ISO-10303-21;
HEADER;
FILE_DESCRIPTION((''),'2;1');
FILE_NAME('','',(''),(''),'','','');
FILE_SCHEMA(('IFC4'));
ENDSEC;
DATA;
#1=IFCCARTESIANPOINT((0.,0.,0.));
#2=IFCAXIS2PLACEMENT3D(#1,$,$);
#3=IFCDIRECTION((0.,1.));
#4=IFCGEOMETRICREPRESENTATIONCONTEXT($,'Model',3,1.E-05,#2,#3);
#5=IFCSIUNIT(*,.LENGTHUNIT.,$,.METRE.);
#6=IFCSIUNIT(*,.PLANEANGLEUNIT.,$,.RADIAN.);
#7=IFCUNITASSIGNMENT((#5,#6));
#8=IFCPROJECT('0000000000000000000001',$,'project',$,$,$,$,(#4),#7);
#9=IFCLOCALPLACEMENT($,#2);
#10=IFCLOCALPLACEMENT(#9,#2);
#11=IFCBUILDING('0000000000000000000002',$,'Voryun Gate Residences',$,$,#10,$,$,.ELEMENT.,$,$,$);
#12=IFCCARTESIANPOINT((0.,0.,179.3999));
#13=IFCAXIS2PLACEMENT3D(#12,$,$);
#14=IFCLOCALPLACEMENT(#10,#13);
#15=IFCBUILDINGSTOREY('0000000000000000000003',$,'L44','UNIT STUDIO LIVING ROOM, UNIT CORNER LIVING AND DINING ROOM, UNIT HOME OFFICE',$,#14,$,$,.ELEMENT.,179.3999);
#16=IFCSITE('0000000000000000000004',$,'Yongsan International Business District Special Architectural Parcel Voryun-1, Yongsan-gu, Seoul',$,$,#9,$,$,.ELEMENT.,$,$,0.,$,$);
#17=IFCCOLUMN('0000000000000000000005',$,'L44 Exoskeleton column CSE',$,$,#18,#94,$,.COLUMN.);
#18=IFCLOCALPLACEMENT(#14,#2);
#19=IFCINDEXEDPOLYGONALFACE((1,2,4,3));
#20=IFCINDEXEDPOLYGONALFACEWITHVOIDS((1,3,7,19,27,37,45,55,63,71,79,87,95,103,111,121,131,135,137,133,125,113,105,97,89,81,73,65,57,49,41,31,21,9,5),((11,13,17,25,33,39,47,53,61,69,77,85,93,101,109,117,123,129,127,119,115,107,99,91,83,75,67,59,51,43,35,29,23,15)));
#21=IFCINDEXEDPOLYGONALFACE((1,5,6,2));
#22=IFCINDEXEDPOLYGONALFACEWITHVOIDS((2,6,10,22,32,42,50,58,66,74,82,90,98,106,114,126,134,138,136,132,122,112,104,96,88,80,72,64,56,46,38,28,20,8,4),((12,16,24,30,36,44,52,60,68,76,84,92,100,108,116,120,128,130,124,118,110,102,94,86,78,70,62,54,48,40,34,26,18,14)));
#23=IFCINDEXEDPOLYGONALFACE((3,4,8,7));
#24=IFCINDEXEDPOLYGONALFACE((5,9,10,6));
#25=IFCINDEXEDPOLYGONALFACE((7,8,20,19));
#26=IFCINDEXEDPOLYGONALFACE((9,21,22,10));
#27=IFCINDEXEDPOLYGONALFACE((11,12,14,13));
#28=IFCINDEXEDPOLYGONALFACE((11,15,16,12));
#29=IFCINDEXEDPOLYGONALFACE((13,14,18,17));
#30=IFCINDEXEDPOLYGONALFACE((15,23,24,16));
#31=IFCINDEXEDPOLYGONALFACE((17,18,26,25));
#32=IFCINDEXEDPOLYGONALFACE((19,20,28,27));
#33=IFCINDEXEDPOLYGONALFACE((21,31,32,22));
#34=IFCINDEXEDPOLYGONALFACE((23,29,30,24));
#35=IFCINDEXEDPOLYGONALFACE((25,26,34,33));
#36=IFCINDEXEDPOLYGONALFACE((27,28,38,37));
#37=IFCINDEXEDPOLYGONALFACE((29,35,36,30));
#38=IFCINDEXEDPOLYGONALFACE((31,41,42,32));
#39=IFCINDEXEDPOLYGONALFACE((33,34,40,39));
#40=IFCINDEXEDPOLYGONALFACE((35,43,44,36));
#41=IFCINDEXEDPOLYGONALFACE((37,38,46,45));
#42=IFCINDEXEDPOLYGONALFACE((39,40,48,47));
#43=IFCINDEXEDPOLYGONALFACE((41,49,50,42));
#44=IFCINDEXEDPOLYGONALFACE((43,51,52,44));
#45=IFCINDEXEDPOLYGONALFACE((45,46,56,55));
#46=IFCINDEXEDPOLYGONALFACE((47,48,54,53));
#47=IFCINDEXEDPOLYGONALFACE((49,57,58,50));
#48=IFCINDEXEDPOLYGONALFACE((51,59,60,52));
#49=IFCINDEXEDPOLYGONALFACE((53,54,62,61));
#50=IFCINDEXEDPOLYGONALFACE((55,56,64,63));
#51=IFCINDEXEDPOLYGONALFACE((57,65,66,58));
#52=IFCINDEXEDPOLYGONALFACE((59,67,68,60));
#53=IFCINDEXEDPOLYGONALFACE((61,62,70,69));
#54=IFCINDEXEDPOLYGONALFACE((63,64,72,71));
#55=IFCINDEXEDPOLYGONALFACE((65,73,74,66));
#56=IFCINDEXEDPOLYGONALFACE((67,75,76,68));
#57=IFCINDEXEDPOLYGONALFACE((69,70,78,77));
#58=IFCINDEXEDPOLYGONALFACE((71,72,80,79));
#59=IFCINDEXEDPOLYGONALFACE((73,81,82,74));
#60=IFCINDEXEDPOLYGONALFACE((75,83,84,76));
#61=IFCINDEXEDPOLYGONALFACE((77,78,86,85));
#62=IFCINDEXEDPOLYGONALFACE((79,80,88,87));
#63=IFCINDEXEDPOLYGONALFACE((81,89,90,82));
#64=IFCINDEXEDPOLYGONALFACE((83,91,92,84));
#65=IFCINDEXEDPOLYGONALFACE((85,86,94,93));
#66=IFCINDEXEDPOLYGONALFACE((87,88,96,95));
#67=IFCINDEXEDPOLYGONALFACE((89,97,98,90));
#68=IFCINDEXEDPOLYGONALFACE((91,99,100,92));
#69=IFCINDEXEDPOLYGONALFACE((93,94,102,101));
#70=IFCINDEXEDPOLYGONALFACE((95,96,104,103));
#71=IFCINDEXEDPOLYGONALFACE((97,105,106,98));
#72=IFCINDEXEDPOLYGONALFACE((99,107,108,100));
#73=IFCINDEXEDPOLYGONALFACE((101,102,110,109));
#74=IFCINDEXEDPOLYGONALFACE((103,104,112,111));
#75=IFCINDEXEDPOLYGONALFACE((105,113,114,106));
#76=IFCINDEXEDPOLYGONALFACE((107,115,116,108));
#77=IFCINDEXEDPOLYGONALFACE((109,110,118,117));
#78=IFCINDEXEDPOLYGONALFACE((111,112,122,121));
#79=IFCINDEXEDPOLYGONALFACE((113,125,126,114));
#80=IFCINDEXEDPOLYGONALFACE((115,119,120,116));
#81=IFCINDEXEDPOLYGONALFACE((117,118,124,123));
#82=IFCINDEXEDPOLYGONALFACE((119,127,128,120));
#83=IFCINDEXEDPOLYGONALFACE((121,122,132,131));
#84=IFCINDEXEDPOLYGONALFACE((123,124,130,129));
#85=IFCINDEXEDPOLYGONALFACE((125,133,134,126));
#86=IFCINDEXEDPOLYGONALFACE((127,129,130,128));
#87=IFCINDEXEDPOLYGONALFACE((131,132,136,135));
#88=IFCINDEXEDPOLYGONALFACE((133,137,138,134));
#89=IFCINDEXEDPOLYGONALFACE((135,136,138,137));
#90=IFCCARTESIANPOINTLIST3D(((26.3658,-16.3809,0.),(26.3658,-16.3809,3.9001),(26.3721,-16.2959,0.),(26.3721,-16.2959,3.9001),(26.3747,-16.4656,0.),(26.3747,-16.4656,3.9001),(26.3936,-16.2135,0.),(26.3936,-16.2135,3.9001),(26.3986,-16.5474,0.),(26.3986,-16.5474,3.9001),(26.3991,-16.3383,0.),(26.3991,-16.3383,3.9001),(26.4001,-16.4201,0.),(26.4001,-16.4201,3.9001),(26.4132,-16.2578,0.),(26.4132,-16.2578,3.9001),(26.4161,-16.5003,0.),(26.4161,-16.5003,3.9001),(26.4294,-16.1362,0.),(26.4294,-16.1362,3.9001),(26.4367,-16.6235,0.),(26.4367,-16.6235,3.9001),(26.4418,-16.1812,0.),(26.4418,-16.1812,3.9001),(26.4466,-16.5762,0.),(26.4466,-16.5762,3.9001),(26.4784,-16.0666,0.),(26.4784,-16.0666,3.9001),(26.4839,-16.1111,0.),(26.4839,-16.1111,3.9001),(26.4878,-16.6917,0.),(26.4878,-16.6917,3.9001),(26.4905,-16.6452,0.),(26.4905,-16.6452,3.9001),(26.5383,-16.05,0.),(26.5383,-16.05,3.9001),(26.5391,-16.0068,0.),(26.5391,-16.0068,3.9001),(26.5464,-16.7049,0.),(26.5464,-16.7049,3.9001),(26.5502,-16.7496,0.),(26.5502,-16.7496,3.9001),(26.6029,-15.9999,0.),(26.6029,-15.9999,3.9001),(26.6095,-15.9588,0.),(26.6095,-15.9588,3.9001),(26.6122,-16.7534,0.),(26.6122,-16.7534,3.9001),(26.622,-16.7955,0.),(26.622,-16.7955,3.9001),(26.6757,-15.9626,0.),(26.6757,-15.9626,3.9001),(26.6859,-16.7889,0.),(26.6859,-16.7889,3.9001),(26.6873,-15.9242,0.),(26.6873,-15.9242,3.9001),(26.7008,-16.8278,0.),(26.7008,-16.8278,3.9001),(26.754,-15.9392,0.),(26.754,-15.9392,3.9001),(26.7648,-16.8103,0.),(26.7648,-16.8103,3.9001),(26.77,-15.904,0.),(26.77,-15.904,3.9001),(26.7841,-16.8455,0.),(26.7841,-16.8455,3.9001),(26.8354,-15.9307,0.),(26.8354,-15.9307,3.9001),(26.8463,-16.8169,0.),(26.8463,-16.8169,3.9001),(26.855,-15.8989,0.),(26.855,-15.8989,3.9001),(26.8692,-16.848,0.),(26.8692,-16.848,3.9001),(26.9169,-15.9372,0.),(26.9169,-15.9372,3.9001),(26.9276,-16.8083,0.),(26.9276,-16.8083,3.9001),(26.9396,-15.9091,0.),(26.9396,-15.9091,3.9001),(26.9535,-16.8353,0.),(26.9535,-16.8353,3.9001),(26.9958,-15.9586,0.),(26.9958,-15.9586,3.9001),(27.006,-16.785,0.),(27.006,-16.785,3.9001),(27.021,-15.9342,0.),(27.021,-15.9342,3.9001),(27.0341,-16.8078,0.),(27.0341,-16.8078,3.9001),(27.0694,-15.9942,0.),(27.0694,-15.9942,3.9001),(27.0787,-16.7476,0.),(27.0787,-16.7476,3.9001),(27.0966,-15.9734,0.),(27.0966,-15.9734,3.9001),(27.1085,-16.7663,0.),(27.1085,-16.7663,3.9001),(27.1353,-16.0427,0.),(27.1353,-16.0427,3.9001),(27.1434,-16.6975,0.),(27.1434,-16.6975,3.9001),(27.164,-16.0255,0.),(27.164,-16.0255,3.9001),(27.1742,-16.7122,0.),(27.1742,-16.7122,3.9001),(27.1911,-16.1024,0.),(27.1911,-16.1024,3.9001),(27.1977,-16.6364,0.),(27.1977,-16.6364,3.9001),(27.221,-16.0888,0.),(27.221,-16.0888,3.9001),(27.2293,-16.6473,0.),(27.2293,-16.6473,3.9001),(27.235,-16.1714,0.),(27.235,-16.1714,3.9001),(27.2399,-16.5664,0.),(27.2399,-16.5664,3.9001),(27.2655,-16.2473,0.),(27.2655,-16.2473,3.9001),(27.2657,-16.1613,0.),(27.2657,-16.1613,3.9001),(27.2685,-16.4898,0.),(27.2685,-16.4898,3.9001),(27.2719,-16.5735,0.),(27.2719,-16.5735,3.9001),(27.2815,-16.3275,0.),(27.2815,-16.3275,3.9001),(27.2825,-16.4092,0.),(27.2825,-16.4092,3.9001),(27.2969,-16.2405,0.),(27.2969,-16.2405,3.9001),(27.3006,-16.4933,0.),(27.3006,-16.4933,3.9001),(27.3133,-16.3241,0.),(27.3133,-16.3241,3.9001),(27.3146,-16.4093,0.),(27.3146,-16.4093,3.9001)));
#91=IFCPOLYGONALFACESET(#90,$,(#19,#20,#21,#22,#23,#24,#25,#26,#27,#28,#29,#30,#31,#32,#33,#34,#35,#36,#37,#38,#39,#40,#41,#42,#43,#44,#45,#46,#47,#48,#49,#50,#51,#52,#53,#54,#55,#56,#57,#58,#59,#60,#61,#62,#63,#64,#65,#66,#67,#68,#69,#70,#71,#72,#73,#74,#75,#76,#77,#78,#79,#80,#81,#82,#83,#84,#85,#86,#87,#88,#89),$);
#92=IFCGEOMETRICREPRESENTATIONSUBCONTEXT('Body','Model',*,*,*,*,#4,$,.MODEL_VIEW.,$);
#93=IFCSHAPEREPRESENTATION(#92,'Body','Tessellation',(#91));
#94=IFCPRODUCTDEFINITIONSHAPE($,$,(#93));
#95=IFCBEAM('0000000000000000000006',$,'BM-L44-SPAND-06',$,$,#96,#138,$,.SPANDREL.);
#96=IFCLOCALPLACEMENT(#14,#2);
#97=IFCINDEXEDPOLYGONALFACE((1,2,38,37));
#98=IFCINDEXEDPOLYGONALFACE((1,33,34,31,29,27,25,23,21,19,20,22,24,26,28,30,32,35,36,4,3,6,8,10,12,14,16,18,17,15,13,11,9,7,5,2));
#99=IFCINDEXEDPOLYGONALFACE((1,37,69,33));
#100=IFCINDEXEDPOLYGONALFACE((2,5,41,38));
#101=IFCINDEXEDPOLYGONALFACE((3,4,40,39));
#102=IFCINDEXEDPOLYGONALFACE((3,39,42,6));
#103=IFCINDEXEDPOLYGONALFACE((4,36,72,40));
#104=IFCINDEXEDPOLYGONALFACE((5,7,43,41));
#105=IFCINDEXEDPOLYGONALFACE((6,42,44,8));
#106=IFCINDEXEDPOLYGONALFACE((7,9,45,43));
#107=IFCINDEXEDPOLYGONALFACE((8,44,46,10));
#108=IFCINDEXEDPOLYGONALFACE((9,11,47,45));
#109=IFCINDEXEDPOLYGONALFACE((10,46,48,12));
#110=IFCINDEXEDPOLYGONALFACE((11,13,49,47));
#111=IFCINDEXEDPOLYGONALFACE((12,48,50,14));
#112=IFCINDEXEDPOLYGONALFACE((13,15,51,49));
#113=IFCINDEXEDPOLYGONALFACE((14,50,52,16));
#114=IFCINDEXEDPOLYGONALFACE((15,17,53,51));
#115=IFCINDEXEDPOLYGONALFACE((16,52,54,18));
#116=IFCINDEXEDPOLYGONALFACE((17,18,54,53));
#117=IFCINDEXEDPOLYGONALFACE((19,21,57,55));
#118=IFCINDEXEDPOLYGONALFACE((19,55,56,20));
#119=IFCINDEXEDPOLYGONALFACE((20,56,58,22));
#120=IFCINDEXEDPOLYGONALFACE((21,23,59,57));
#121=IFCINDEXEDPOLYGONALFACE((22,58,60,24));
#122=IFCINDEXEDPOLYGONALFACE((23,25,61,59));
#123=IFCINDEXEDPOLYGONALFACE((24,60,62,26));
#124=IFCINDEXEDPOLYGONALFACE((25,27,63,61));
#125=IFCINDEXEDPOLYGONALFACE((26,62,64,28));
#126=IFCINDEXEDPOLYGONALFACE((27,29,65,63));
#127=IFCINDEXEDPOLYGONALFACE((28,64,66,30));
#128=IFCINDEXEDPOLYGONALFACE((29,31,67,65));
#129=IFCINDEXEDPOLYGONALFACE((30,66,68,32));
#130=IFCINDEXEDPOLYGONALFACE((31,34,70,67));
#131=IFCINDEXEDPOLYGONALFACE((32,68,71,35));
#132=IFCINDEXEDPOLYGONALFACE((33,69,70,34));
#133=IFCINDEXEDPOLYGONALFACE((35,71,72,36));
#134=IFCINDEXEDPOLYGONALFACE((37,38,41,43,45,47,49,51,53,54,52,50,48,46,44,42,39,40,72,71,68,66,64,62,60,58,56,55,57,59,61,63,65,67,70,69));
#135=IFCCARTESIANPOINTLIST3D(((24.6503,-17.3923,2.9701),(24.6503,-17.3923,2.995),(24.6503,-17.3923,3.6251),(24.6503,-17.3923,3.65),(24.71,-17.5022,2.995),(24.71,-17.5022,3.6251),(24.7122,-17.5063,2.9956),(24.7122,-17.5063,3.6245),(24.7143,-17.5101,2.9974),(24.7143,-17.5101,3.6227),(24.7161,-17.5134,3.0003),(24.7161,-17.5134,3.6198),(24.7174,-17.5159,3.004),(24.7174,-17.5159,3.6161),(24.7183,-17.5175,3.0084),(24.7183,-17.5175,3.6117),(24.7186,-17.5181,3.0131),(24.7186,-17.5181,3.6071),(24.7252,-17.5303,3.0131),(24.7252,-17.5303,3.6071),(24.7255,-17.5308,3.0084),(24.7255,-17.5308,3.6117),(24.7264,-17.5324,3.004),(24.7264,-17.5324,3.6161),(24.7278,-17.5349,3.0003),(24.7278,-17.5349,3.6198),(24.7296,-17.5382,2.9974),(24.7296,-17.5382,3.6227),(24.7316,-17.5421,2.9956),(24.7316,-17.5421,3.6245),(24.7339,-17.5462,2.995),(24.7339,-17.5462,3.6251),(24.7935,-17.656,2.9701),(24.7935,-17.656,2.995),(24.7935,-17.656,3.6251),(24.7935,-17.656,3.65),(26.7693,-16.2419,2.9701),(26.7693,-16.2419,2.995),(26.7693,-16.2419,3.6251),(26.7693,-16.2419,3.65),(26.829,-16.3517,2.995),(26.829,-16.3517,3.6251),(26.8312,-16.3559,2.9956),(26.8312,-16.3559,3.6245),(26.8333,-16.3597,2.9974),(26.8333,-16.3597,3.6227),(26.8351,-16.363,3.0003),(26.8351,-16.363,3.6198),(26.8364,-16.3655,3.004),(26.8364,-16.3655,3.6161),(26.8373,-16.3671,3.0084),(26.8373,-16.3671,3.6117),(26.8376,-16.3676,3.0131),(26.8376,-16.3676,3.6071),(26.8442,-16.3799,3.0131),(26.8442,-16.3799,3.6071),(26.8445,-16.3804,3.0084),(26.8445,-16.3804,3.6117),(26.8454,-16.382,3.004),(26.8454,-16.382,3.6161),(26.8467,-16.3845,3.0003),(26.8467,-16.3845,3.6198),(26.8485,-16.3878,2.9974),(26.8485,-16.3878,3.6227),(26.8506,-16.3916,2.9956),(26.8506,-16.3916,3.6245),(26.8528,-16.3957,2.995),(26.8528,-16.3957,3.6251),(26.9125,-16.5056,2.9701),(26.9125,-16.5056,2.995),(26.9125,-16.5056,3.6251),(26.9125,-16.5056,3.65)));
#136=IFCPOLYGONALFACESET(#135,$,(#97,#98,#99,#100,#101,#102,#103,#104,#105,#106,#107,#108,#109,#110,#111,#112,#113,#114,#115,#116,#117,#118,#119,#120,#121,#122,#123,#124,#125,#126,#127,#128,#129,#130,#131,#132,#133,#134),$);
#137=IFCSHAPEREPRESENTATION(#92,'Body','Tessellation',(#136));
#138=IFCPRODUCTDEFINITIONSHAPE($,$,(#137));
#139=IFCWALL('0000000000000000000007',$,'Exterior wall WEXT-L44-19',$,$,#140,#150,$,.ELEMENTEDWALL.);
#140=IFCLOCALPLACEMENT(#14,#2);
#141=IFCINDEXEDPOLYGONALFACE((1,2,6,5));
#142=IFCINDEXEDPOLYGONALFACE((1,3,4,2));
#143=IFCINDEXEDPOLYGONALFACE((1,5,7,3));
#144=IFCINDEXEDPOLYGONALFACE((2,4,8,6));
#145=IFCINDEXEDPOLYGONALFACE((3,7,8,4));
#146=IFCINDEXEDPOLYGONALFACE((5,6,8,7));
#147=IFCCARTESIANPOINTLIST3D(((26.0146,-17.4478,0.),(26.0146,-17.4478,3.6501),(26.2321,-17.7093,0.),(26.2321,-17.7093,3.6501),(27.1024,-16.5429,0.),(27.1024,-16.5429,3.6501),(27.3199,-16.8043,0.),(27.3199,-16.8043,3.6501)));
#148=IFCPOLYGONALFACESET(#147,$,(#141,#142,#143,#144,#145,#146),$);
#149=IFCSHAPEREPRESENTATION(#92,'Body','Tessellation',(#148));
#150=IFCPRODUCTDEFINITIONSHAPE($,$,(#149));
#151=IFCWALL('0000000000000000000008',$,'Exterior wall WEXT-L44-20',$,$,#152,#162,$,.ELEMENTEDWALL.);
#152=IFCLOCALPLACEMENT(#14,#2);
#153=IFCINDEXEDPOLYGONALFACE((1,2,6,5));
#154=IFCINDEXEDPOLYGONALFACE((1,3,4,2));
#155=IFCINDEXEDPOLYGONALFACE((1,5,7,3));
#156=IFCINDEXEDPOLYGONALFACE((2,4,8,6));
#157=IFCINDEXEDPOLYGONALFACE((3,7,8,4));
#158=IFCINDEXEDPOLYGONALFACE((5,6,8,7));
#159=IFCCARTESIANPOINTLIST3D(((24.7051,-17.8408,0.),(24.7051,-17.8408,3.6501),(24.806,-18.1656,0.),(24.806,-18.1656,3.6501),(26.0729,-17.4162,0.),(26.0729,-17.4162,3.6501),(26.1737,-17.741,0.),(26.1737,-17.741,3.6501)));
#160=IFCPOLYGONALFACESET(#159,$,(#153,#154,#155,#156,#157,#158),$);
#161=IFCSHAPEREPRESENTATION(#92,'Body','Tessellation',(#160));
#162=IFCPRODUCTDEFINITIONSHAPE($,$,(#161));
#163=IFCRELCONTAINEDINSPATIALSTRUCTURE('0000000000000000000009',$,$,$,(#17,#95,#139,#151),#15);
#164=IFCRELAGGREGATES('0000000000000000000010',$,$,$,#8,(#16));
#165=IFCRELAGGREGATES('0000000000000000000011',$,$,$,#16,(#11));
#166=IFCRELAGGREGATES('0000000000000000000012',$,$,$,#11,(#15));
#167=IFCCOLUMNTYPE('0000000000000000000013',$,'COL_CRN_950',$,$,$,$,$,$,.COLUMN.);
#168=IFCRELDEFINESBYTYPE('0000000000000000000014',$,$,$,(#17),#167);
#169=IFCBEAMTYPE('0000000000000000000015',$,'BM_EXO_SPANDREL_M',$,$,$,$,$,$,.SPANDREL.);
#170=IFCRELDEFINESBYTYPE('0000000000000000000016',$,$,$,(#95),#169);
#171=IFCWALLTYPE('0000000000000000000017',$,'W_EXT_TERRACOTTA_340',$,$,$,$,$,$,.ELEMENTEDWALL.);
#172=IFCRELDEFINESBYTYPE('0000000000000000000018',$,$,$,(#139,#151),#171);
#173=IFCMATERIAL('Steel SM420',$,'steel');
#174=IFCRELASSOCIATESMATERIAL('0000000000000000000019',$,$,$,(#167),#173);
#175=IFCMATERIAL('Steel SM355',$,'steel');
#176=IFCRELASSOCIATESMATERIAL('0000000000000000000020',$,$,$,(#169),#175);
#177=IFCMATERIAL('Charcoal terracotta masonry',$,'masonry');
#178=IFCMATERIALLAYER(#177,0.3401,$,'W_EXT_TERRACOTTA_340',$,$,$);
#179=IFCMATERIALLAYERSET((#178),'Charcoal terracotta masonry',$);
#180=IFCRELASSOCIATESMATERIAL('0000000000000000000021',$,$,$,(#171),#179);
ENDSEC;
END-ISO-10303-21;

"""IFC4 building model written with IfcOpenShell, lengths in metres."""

from ifc_helpers import new_model, si_unit, direction, frame, frame_2d, origin, origin_2d, place, context, subcontext, project, spatial, rectangle, hollow_circle, i_section, extrude, material, layer, layer_set, material_profile, profile_set, type_object, element, save


model = new_model("IFC4")

# Units and contexts
model_context = context("Model", 3, precision=1e-05, world=origin(), true_north=direction((0.0, 1.0)))
body_context = subcontext(model_context, "Body", "Model", "MODEL_VIEW")
ifc_project = project(units=[si_unit("LENGTHUNIT", "METRE"), si_unit("PLANEANGLEUNIT", "RADIAN")], contexts=[model_context])

# Site, building, storey
site_placement = place(None, origin())
site = spatial("IfcSite", under=ifc_project, at=site_placement, Name="Yongsan International Business District Special Architectural Parcel Voryun-1, Yongsan-gu, Seoul", CompositionType="ELEMENT", RefElevation=0.0)
building_placement = place(site_placement, origin())
building = spatial("IfcBuilding", under=site, at=building_placement, Name="Voryun Gate Residences", CompositionType="ELEMENT")
storey_placement = place(building_placement, frame((0.0, 0.0, 179.3999)))
storey = spatial("IfcBuildingStorey", under=building, at=storey_placement, Name="L44", Description="UNIT STUDIO LIVING ROOM, UNIT CORNER LIVING AND DINING ROOM, UNIT HOME OFFICE", CompositionType="ELEMENT", Elevation=179.3999)

# Column
ifc_material_1 = material(Name="Steel SM420", Category="steel")
ifc_material_profile_1 = material_profile(ifc_material_1, hollow_circle(Radius=0.4751, WallThickness=0.032, at=origin_2d()), Name="CHS-950x32")
ifc_profile_set_1 = profile_set([ifc_material_profile_1], Name="Steel SM420")
column_type = type_object("IfcColumnType", Name="COL_CRN_950", PredefinedType="COLUMN", material=ifc_profile_set_1)
column_placement = place(storey_placement, frame((26.8408, -16.3738, 0.0), z_axis=(0.0, 0.0, 1.0), x_axis=(0.994522, 0.104528, 0.0)))
element("IfcColumn", 1, at=column_placement, inside=storey, type_object=column_type, Name="L44 Exoskeleton column CSE", PredefinedType="COLUMN", context=body_context, shape_type="SweptSolid", body=[
    extrude(hollow_circle(Radius=0.4751, WallThickness=0.032, at=origin_2d()), origin(), (0.0, 0.0, 1.0), 3.9001),
])

# Beam
ifc_material_2 = material(Name="Steel SM355", Category="steel")
ifc_material_profile_2 = material_profile(ifc_material_2, i_section(OverallWidth=0.3, OverallDepth=0.6799, WebThickness=0.0139, FlangeThickness=0.0249, FilletRadius=0.0181, at=origin_2d()), Name="H-680x300x14x25")
ifc_profile_set_2 = profile_set([ifc_material_profile_2], Name="Steel SM355")
beam_type = type_object("IfcBeamType", Name="BM_EXO_SPANDREL_M", PredefinedType="SPANDREL", material=ifc_profile_set_2)
beam_placement = place(storey_placement, frame((24.7219, -17.5242, 3.3101), z_axis=(0.87883, 0.477134, 0.0), x_axis=(-0.477134, 0.87883, 0.0)))
element("IfcBeam", 2, at=beam_placement, inside=storey, type_object=beam_type, Name="BM-L44-SPAND-06", PredefinedType="SPANDREL", context=body_context, shape_type="SweptSolid", body=[
    extrude(i_section(OverallWidth=0.3, OverallDepth=0.6799, WebThickness=0.0139, FlangeThickness=0.0249, FilletRadius=0.0181, at=origin_2d()), origin(), (0.0, 0.0, 1.0), 2.4111),
])

# Shared definitions
ifc_material_3 = material(Name="Charcoal terracotta masonry", Category="masonry")
ifc_layer = layer(ifc_material_3, 0.3401, Name="W_EXT_TERRACOTTA_340")
ifc_layer_set = layer_set([ifc_layer], Name="Charcoal terracotta masonry")
wall_type = type_object("IfcWallType", Name="W_EXT_TERRACOTTA_340", PredefinedType="ELEMENTEDWALL", material=ifc_layer_set)

# Walls
wall_1_placement = place(storey_placement, frame((27.2112, -16.6736, 0.0), z_axis=(0.0, 0.0, 1.0), x_axis=(-0.768758, -0.639539, 0.0)))
element("IfcWall", 3, at=wall_1_placement, inside=storey, type_object=wall_type, Name="Exterior wall WEXT-L44-19", PredefinedType="ELEMENTEDWALL", context=body_context, shape_type="SweptSolid", body=[
    extrude(rectangle(XDim=1.415, YDim=0.3401, at=frame_2d((0.7075, 0.0))), origin(), (0.0, 0.0, 1.0), 3.6501),
])
wall_2_placement = place(storey_placement, frame((26.1233, -17.5786, 0.0), z_axis=(0.0, 0.0, 1.0), x_axis=(-0.955043, -0.296469, 0.0)))
element("IfcWall", 4, at=wall_2_placement, inside=storey, type_object=wall_type, Name="Exterior wall WEXT-L44-20", PredefinedType="ELEMENTEDWALL", context=body_context, shape_type="SweptSolid", body=[
    extrude(rectangle(XDim=1.4321, YDim=0.3401, at=frame_2d((0.7161, 0.0))), origin(), (0.0, 0.0, 1.0), 3.6501),
])

save(model, "model.ifc")
